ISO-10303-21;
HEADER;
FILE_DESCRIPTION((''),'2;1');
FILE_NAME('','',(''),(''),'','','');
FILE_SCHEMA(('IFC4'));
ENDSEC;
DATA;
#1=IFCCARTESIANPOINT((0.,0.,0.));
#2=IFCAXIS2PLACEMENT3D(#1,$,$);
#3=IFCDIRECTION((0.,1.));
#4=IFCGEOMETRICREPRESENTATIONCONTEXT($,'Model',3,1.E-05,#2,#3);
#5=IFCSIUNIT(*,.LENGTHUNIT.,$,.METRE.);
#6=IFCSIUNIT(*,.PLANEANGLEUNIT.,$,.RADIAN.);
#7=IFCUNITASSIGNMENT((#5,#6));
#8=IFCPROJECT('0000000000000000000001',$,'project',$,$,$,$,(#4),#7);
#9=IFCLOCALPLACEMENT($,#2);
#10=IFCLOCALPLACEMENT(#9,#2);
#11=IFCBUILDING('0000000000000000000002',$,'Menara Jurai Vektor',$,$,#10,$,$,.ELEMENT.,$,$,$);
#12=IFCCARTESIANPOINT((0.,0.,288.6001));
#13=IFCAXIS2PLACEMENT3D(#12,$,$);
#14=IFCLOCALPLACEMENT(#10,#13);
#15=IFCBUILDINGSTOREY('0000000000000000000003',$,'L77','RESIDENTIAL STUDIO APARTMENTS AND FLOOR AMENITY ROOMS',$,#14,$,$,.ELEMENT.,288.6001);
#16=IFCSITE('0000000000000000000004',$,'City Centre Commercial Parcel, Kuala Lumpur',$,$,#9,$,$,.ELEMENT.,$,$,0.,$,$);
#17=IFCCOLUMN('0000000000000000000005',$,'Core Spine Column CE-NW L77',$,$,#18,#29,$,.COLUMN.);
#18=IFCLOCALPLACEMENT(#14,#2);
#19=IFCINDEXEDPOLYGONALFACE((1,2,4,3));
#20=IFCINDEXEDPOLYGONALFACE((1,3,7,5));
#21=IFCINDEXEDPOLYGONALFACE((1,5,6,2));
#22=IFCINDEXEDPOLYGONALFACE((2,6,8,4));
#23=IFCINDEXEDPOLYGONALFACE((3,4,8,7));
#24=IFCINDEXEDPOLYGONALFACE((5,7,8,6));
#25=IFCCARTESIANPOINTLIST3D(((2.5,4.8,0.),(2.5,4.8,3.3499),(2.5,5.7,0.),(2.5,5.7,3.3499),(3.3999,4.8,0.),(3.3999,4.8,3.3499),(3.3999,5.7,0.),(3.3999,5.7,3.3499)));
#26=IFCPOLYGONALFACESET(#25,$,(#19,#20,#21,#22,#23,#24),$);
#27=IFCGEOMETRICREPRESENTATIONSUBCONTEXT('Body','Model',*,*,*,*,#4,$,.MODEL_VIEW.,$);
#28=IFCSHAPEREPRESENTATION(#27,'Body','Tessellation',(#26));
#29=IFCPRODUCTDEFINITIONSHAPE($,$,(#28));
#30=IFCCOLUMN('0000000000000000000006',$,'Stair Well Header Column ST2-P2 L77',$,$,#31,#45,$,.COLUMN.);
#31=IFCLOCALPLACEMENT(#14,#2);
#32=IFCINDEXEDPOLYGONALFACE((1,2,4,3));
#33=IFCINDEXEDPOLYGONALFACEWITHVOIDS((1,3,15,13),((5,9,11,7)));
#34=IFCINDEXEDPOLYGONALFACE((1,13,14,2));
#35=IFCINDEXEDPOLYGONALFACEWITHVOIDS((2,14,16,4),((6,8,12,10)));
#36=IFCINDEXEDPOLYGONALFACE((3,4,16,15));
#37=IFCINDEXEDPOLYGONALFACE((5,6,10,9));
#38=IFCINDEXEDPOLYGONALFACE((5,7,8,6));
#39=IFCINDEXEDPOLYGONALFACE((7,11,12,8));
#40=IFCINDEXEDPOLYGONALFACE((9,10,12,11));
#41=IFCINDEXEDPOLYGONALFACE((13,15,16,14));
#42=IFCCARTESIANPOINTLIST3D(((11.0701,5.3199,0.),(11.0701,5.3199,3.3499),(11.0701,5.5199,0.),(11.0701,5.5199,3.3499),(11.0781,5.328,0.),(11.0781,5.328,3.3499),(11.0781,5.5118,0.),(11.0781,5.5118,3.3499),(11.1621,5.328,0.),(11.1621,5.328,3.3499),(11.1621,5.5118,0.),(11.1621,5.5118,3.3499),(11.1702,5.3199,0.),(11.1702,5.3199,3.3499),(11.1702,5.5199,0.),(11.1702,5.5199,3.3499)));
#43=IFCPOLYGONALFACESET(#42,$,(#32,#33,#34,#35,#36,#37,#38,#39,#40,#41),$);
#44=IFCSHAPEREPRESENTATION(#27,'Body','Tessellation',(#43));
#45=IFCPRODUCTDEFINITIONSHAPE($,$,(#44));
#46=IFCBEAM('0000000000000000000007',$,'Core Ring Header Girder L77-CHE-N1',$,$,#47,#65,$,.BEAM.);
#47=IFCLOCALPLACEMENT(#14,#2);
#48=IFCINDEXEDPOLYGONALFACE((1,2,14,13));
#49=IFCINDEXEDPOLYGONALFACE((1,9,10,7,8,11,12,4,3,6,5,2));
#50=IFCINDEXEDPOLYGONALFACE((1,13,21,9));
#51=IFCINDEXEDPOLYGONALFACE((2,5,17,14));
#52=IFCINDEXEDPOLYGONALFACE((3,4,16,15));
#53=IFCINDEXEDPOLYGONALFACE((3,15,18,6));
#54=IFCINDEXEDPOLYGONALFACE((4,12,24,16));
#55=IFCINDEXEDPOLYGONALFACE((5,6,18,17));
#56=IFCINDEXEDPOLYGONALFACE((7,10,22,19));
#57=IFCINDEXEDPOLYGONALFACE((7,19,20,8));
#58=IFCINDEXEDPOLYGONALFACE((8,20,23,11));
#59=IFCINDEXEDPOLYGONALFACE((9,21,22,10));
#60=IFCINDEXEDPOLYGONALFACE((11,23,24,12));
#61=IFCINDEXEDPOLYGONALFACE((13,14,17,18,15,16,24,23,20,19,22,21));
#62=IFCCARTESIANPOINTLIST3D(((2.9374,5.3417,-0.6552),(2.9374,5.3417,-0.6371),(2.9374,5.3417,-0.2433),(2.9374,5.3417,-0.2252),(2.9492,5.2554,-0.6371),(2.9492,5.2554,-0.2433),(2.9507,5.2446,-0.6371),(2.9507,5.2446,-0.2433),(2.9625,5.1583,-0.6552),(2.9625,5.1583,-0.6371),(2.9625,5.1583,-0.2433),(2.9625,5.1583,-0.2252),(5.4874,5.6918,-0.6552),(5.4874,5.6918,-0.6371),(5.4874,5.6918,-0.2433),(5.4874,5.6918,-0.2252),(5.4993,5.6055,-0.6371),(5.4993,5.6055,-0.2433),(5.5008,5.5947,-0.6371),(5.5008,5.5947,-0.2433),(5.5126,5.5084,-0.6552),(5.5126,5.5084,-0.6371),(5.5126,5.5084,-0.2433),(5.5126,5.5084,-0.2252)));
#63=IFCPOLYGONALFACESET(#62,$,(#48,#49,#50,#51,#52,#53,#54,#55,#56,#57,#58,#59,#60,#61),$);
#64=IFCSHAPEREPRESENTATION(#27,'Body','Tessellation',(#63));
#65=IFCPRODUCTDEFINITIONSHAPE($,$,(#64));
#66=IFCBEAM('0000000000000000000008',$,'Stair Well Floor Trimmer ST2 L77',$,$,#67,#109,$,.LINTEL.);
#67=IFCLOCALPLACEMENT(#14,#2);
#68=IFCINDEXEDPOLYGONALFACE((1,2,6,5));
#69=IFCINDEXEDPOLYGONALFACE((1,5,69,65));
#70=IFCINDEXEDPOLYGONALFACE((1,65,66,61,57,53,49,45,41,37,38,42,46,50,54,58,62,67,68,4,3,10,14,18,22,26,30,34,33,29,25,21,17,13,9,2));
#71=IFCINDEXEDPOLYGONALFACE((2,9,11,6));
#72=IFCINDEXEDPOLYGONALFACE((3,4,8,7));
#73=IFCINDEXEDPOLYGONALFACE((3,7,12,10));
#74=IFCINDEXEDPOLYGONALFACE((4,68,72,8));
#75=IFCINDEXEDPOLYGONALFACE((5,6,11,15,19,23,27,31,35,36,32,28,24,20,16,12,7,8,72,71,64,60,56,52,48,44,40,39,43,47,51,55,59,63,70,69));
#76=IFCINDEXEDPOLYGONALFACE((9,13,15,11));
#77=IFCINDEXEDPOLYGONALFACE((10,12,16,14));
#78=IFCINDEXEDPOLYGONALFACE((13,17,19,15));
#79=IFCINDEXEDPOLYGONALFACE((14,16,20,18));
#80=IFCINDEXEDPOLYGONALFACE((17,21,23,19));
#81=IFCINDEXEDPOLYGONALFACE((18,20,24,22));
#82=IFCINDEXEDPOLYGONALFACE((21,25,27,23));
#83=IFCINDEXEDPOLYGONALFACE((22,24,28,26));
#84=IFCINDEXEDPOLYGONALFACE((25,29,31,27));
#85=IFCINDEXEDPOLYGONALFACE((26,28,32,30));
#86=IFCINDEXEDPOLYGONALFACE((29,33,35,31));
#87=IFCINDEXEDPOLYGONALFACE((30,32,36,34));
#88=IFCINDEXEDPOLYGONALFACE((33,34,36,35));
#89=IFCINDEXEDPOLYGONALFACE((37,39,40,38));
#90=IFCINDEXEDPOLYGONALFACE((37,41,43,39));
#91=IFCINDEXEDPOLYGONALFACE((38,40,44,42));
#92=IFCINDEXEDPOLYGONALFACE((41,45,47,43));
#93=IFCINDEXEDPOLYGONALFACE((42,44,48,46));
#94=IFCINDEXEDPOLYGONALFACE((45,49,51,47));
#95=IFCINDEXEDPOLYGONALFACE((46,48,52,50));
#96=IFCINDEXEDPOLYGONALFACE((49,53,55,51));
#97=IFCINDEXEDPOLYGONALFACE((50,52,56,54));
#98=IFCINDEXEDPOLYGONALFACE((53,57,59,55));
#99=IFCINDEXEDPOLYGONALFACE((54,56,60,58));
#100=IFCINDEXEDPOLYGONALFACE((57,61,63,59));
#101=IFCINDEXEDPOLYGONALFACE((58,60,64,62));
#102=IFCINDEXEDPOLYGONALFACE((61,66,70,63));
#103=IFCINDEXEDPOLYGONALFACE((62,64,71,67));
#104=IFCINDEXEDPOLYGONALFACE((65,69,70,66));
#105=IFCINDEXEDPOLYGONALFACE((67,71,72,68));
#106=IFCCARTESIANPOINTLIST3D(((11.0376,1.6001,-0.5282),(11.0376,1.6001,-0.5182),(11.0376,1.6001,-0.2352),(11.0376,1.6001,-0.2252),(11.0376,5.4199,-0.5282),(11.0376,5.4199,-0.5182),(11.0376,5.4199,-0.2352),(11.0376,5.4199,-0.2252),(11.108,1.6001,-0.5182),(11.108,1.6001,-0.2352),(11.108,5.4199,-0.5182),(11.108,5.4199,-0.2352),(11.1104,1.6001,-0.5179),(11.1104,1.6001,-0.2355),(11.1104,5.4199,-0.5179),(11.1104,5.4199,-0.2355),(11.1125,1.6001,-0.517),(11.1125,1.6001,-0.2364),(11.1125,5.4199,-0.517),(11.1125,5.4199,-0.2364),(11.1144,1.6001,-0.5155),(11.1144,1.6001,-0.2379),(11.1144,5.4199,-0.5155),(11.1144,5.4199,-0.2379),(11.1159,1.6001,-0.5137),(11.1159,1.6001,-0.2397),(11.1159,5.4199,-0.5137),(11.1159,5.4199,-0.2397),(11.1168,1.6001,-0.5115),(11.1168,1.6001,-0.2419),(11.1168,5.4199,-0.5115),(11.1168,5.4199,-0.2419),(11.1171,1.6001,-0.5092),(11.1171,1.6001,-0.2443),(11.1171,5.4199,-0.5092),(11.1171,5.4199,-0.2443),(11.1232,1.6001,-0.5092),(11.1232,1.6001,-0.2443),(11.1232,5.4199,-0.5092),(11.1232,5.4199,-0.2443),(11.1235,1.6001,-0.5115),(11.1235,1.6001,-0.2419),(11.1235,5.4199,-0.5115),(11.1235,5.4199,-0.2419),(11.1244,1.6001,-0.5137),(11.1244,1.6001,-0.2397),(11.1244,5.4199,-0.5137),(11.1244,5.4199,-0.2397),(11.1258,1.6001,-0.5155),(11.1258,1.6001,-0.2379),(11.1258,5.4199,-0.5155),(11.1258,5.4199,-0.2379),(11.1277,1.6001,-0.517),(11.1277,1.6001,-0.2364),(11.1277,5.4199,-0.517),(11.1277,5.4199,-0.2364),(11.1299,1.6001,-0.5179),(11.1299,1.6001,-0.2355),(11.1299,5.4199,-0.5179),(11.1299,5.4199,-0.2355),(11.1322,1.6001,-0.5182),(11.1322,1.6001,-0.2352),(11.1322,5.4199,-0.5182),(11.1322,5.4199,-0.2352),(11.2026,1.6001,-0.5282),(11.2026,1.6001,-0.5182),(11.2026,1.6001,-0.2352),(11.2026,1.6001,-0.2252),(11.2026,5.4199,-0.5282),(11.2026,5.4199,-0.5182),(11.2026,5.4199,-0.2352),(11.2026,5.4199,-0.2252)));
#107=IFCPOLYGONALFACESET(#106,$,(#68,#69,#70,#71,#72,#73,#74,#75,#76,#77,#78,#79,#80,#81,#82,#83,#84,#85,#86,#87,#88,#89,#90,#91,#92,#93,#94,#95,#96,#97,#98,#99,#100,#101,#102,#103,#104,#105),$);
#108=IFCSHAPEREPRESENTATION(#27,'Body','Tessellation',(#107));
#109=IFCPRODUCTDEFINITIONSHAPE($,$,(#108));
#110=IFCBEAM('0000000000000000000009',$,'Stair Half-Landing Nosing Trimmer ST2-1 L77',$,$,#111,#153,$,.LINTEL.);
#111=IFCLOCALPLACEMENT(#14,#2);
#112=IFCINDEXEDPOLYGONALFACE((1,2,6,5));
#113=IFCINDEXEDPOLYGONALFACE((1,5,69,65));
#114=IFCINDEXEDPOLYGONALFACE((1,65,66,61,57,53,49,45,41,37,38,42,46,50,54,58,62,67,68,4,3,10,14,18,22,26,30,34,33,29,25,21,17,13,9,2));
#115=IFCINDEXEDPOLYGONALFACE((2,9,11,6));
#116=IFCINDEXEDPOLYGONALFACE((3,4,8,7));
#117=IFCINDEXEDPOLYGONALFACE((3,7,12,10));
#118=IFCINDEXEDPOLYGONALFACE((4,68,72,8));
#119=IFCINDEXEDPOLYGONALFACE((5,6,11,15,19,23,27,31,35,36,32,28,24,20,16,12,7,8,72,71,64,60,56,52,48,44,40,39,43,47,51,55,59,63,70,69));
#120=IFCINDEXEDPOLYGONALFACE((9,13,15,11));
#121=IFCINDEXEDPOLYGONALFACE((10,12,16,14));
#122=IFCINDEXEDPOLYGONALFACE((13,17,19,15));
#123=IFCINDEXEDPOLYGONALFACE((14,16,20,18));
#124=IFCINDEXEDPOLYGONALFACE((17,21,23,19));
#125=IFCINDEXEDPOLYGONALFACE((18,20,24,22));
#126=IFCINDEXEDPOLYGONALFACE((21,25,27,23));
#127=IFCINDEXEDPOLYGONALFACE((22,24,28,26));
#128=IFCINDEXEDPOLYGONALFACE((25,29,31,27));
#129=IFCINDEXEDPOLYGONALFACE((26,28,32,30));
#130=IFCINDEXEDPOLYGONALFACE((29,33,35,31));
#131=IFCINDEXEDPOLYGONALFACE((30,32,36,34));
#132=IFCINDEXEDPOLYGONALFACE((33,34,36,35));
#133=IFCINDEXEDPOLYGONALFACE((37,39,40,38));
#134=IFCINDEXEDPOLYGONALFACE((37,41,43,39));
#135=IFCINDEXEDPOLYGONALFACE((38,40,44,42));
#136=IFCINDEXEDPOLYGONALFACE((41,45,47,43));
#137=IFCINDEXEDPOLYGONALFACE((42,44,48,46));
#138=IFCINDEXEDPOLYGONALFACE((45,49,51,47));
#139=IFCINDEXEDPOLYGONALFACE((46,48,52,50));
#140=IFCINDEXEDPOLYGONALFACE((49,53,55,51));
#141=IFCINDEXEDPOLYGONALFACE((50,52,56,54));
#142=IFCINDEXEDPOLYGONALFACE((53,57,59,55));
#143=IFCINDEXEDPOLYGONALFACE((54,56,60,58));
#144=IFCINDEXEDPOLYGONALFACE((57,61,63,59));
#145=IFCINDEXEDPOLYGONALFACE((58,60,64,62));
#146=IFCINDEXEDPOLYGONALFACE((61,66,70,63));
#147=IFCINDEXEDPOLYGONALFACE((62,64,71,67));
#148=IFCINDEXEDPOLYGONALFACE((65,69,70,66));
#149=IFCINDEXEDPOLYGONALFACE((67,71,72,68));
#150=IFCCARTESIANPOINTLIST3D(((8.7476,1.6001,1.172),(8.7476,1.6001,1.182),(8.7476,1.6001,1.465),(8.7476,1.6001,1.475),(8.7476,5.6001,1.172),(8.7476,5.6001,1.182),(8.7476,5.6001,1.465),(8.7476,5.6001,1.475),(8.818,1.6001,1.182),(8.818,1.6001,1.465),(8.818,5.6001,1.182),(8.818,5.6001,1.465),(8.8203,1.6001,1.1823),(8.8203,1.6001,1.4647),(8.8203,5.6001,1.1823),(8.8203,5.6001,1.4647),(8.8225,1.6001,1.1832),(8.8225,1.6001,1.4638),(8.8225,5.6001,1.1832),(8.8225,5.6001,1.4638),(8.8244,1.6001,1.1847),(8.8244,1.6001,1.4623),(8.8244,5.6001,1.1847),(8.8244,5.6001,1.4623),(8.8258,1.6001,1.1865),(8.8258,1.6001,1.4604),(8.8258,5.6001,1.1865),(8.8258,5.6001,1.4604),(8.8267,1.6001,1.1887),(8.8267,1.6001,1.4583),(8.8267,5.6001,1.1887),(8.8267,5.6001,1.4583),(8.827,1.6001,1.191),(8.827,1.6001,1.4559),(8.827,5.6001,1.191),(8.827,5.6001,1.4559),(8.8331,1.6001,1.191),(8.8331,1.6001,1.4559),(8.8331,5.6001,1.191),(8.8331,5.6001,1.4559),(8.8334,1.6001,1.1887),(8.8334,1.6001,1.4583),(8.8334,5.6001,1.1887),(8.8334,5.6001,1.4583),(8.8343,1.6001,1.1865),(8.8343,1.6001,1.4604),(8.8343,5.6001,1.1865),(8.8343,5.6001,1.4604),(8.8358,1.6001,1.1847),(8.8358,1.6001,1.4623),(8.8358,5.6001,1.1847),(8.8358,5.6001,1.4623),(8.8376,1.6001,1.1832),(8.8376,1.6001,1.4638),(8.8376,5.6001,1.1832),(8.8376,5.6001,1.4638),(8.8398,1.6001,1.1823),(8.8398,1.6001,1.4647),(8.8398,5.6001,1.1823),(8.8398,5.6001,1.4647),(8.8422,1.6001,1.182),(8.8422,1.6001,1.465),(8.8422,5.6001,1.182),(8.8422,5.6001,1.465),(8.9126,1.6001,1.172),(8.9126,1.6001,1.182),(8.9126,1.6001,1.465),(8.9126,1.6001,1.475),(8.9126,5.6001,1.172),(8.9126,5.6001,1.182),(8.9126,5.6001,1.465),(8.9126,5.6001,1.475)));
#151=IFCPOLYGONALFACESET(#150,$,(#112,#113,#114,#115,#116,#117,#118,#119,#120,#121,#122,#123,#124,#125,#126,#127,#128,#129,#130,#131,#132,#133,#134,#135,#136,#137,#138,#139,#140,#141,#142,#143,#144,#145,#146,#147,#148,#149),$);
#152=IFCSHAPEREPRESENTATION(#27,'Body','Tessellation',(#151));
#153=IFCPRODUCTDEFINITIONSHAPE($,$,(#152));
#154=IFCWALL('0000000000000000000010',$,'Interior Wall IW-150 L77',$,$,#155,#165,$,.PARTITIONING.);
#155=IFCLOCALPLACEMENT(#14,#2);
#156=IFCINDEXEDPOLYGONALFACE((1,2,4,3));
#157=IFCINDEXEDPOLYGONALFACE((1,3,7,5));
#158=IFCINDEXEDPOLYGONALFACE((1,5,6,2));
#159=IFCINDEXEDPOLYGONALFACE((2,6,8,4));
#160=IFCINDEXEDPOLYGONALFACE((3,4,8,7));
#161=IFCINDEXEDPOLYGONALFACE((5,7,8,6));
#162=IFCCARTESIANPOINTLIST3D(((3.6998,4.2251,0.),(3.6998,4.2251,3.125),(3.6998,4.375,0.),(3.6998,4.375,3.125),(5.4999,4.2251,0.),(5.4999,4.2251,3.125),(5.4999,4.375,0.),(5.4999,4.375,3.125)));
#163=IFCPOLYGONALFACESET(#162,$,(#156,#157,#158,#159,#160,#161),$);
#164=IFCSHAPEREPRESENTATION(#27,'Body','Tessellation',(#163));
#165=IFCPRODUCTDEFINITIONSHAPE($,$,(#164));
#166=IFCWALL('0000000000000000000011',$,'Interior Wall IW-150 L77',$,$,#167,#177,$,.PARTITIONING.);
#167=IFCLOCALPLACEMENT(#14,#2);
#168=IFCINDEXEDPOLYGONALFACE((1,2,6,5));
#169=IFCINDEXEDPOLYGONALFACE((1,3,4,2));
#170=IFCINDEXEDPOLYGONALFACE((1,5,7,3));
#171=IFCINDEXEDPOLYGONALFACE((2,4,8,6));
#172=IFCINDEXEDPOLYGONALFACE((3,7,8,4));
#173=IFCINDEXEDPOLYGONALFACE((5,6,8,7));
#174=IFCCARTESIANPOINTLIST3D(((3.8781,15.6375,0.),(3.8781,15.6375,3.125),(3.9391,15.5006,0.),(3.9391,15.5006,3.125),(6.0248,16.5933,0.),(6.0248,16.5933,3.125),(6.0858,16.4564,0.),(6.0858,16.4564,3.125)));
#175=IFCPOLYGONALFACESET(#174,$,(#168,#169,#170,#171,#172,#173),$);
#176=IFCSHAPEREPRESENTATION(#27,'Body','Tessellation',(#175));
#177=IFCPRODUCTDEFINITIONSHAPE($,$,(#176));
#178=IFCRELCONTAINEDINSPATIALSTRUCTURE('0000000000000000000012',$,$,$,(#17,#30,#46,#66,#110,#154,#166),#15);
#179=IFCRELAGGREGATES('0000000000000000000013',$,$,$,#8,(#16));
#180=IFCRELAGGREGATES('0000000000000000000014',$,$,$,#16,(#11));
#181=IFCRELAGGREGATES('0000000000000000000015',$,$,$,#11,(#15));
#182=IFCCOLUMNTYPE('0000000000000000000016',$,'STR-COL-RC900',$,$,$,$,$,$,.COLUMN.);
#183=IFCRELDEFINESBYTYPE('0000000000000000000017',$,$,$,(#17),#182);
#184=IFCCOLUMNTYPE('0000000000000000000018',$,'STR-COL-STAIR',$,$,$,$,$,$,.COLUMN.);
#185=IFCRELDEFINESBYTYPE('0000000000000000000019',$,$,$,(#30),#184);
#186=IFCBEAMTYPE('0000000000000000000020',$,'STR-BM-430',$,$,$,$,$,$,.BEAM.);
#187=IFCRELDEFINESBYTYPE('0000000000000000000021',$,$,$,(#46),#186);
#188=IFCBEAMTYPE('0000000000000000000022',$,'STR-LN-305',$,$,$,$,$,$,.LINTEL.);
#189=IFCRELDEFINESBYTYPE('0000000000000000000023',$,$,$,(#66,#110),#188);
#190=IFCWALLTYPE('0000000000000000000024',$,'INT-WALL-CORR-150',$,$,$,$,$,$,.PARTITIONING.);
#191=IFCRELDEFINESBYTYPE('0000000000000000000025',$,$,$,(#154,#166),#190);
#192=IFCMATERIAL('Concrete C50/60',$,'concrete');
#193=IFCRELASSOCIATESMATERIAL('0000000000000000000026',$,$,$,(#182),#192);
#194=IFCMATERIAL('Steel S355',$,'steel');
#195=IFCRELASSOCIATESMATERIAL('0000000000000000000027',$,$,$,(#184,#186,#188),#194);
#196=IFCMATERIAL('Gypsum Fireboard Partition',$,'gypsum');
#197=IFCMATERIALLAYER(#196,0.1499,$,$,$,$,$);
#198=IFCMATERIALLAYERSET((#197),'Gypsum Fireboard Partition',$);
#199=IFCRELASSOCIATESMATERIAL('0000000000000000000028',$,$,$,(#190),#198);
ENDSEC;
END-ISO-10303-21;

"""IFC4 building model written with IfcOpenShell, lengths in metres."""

from ifc_helpers import new_model, si_unit, direction, frame, frame_2d, origin, origin_2d, place, context, subcontext, project, spatial, rectangle, hollow_rectangle, i_section, extrude, material, layer, layer_set, material_profile, profile_set, type_object, element, save


model = new_model("IFC4")

# Units and contexts
model_context = context("Model", 3, precision=1e-05, world=origin(), true_north=direction((0.0, 1.0)))
body_context = subcontext(model_context, "Body", "Model", "MODEL_VIEW")
ifc_project = project(units=[si_unit("LENGTHUNIT", "METRE"), si_unit("PLANEANGLEUNIT", "RADIAN")], contexts=[model_context])

# Site, building, storey
site_placement = place(None, origin())
site = spatial("IfcSite", under=ifc_project, at=site_placement, Name="City Centre Commercial Parcel, Kuala Lumpur", CompositionType="ELEMENT", RefElevation=0.0)
building_placement = place(site_placement, origin())
building = spatial("IfcBuilding", under=site, at=building_placement, Name="Menara Jurai Vektor", CompositionType="ELEMENT")
storey_placement = place(building_placement, frame((0.0, 0.0, 288.6001)))
storey = spatial("IfcBuildingStorey", under=building, at=storey_placement, Name="L77", Description="RESIDENTIAL STUDIO APARTMENTS AND FLOOR AMENITY ROOMS", CompositionType="ELEMENT", Elevation=288.6001)

# Columns
ifc_material_1 = material(Name="Concrete C50/60", Category="concrete")
ifc_material_profile_1 = material_profile(ifc_material_1, rectangle(XDim=0.8999, YDim=0.8999, at=origin_2d()), Name="RC 900x900")
ifc_profile_set_1 = profile_set([ifc_material_profile_1], Name="Concrete C50/60")
column_type_1 = type_object("IfcColumnType", Name="STR-COL-RC900", PredefinedType="COLUMN", material=ifc_profile_set_1)
column_1_placement = place(storey_placement, frame((2.95, 5.25, 0.0), z_axis=(0.0, 0.0, 1.0), x_axis=(1.0, 0.0, 0.0)))
element("IfcColumn", 1, at=column_1_placement, inside=storey, type_object=column_type_1, Name="Core Spine Column CE-NW L77", PredefinedType="COLUMN", context=body_context, shape_type="SweptSolid", body=[
    extrude(rectangle(XDim=0.8999, YDim=0.8999, at=origin_2d()), origin(), (0.0, 0.0, 1.0), 3.3499),
])
ifc_material_2 = material(Name="Steel S355", Category="steel")
ifc_material_profile_2 = material_profile(ifc_material_2, hollow_rectangle(XDim=0.1001, YDim=0.2, WallThickness=0.0081, at=origin_2d()), Name="RHS 200x100x8")
ifc_profile_set_2 = profile_set([ifc_material_profile_2], Name="Steel S355")
column_type_2 = type_object("IfcColumnType", Name="STR-COL-STAIR", PredefinedType="COLUMN", material=ifc_profile_set_2)
column_2_placement = place(storey_placement, frame((11.1201, 5.4199, 0.0), z_axis=(0.0, 0.0, 1.0), x_axis=(1.0, 0.0, 0.0)))
element("IfcColumn", 2, at=column_2_placement, inside=storey, type_object=column_type_2, Name="Stair Well Header Column ST2-P2 L77", PredefinedType="COLUMN", context=body_context, shape_type="SweptSolid", body=[
    extrude(hollow_rectangle(XDim=0.1001, YDim=0.2, WallThickness=0.0081, at=origin_2d()), origin(), (0.0, 0.0, 1.0), 3.3499),
])

# Beams
ifc_material_profile_3 = material_profile(ifc_material_2, i_section(OverallWidth=0.1851, OverallDepth=0.4299, WebThickness=0.011, FlangeThickness=0.0181, at=origin_2d()), Name="PG 430x185x76")
ifc_profile_set_3 = profile_set([ifc_material_profile_3], Name="Steel S355")
beam_type_1 = type_object("IfcBeamType", Name="STR-BM-430", PredefinedType="BEAM", material=ifc_profile_set_3)
beam_1_placement = place(storey_placement, frame((2.95, 5.25, -0.4402), z_axis=(0.990707, 0.136015, 0.0), x_axis=(-0.136015, 0.990707, 0.0)))
element("IfcBeam", 3, at=beam_1_placement, inside=storey, type_object=beam_type_1, Name="Core Ring Header Girder L77-CHE-N1", PredefinedType="BEAM", context=body_context, shape_type="SweptSolid", body=[
    extrude(i_section(OverallWidth=0.1851, OverallDepth=0.4299, WebThickness=0.011, FlangeThickness=0.0181, at=origin_2d()), origin(), (0.0, 0.0, 1.0), 2.574),
])
ifc_material_profile_4 = material_profile(ifc_material_2, i_section(OverallWidth=0.165, OverallDepth=0.303, WebThickness=0.0061, FlangeThickness=0.01, FilletRadius=0.009, at=origin_2d()), Name="UKB 305x165x40")
ifc_profile_set_4 = profile_set([ifc_material_profile_4], Name="Steel S355")
beam_type_2 = type_object("IfcBeamType", Name="STR-LN-305", PredefinedType="LINTEL", material=ifc_profile_set_4)
beam_2_placement = place(storey_placement, frame((11.1201, 1.6001, -0.3767), z_axis=(0.0, 1.0, 0.0), x_axis=(-1.0, 0.0, 0.0)))
element("IfcBeam", 4, at=beam_2_placement, inside=storey, type_object=beam_type_2, Name="Stair Well Floor Trimmer ST2 L77", PredefinedType="LINTEL", context=body_context, shape_type="SweptSolid", body=[
    extrude(i_section(OverallWidth=0.165, OverallDepth=0.303, WebThickness=0.0061, FlangeThickness=0.01, FilletRadius=0.009, at=origin_2d()), origin(), (0.0, 0.0, 1.0), 3.8198),
])
beam_3_placement = place(storey_placement, frame((8.8301, 1.6001, 1.3235), z_axis=(0.0, 1.0, 0.0), x_axis=(-1.0, 0.0, 0.0)))
element("IfcBeam", 5, at=beam_3_placement, inside=storey, type_object=beam_type_2, Name="Stair Half-Landing Nosing Trimmer ST2-1 L77", PredefinedType="LINTEL", context=body_context, shape_type="SweptSolid", body=[
    extrude(i_section(OverallWidth=0.165, OverallDepth=0.303, WebThickness=0.0061, FlangeThickness=0.01, FilletRadius=0.009, at=origin_2d()), origin(), (0.0, 0.0, 1.0), 4.0),
])

# Walls
ifc_material_3 = material(Name="Gypsum Fireboard Partition", Category="gypsum")
ifc_layer_1 = layer(ifc_material_3, 0.1499)
ifc_layer_set_1 = layer_set([ifc_layer_1], Name="Gypsum Fireboard Partition")
wall_type_1 = type_object("IfcWallType", Name="INT-WALL-CORR-150", PredefinedType="PARTITIONING", material=ifc_layer_set_1)
wall_1_placement = place(storey_placement, frame((3.7, 4.3, 0.0), z_axis=(0.0, 0.0, 1.0), x_axis=(1.0, 0.0, 0.0)))
element("IfcWall", 6, at=wall_1_placement, inside=storey, type_object=wall_type_1, Name="Interior Wall IW-150 L77", PredefinedType="PARTITIONING", context=body_context, shape_type="SweptSolid", body=[
    extrude(rectangle(XDim=1.8, YDim=0.1499, at=frame_2d((0.8999, 0.0))), origin(), (0.0, 0.0, 1.0), 3.125),
])
wall_2_placement = place(storey_placement, frame((3.9087, 15.5691, 0.0), z_axis=(0.0, 0.0, 1.0), x_axis=(0.913541, 0.406746, 0.0)))
element("IfcWall", 7, at=wall_2_placement, inside=storey, type_object=wall_type_1, Name="Interior Wall IW-150 L77", PredefinedType="PARTITIONING", context=body_context, shape_type="SweptSolid", body=[
    extrude(rectangle(XDim=2.3499, YDim=0.1499, at=frame_2d((1.1748, 0.0))), origin(), (0.0, 0.0, 1.0), 3.125),
])

save(model, "model.ifc")
